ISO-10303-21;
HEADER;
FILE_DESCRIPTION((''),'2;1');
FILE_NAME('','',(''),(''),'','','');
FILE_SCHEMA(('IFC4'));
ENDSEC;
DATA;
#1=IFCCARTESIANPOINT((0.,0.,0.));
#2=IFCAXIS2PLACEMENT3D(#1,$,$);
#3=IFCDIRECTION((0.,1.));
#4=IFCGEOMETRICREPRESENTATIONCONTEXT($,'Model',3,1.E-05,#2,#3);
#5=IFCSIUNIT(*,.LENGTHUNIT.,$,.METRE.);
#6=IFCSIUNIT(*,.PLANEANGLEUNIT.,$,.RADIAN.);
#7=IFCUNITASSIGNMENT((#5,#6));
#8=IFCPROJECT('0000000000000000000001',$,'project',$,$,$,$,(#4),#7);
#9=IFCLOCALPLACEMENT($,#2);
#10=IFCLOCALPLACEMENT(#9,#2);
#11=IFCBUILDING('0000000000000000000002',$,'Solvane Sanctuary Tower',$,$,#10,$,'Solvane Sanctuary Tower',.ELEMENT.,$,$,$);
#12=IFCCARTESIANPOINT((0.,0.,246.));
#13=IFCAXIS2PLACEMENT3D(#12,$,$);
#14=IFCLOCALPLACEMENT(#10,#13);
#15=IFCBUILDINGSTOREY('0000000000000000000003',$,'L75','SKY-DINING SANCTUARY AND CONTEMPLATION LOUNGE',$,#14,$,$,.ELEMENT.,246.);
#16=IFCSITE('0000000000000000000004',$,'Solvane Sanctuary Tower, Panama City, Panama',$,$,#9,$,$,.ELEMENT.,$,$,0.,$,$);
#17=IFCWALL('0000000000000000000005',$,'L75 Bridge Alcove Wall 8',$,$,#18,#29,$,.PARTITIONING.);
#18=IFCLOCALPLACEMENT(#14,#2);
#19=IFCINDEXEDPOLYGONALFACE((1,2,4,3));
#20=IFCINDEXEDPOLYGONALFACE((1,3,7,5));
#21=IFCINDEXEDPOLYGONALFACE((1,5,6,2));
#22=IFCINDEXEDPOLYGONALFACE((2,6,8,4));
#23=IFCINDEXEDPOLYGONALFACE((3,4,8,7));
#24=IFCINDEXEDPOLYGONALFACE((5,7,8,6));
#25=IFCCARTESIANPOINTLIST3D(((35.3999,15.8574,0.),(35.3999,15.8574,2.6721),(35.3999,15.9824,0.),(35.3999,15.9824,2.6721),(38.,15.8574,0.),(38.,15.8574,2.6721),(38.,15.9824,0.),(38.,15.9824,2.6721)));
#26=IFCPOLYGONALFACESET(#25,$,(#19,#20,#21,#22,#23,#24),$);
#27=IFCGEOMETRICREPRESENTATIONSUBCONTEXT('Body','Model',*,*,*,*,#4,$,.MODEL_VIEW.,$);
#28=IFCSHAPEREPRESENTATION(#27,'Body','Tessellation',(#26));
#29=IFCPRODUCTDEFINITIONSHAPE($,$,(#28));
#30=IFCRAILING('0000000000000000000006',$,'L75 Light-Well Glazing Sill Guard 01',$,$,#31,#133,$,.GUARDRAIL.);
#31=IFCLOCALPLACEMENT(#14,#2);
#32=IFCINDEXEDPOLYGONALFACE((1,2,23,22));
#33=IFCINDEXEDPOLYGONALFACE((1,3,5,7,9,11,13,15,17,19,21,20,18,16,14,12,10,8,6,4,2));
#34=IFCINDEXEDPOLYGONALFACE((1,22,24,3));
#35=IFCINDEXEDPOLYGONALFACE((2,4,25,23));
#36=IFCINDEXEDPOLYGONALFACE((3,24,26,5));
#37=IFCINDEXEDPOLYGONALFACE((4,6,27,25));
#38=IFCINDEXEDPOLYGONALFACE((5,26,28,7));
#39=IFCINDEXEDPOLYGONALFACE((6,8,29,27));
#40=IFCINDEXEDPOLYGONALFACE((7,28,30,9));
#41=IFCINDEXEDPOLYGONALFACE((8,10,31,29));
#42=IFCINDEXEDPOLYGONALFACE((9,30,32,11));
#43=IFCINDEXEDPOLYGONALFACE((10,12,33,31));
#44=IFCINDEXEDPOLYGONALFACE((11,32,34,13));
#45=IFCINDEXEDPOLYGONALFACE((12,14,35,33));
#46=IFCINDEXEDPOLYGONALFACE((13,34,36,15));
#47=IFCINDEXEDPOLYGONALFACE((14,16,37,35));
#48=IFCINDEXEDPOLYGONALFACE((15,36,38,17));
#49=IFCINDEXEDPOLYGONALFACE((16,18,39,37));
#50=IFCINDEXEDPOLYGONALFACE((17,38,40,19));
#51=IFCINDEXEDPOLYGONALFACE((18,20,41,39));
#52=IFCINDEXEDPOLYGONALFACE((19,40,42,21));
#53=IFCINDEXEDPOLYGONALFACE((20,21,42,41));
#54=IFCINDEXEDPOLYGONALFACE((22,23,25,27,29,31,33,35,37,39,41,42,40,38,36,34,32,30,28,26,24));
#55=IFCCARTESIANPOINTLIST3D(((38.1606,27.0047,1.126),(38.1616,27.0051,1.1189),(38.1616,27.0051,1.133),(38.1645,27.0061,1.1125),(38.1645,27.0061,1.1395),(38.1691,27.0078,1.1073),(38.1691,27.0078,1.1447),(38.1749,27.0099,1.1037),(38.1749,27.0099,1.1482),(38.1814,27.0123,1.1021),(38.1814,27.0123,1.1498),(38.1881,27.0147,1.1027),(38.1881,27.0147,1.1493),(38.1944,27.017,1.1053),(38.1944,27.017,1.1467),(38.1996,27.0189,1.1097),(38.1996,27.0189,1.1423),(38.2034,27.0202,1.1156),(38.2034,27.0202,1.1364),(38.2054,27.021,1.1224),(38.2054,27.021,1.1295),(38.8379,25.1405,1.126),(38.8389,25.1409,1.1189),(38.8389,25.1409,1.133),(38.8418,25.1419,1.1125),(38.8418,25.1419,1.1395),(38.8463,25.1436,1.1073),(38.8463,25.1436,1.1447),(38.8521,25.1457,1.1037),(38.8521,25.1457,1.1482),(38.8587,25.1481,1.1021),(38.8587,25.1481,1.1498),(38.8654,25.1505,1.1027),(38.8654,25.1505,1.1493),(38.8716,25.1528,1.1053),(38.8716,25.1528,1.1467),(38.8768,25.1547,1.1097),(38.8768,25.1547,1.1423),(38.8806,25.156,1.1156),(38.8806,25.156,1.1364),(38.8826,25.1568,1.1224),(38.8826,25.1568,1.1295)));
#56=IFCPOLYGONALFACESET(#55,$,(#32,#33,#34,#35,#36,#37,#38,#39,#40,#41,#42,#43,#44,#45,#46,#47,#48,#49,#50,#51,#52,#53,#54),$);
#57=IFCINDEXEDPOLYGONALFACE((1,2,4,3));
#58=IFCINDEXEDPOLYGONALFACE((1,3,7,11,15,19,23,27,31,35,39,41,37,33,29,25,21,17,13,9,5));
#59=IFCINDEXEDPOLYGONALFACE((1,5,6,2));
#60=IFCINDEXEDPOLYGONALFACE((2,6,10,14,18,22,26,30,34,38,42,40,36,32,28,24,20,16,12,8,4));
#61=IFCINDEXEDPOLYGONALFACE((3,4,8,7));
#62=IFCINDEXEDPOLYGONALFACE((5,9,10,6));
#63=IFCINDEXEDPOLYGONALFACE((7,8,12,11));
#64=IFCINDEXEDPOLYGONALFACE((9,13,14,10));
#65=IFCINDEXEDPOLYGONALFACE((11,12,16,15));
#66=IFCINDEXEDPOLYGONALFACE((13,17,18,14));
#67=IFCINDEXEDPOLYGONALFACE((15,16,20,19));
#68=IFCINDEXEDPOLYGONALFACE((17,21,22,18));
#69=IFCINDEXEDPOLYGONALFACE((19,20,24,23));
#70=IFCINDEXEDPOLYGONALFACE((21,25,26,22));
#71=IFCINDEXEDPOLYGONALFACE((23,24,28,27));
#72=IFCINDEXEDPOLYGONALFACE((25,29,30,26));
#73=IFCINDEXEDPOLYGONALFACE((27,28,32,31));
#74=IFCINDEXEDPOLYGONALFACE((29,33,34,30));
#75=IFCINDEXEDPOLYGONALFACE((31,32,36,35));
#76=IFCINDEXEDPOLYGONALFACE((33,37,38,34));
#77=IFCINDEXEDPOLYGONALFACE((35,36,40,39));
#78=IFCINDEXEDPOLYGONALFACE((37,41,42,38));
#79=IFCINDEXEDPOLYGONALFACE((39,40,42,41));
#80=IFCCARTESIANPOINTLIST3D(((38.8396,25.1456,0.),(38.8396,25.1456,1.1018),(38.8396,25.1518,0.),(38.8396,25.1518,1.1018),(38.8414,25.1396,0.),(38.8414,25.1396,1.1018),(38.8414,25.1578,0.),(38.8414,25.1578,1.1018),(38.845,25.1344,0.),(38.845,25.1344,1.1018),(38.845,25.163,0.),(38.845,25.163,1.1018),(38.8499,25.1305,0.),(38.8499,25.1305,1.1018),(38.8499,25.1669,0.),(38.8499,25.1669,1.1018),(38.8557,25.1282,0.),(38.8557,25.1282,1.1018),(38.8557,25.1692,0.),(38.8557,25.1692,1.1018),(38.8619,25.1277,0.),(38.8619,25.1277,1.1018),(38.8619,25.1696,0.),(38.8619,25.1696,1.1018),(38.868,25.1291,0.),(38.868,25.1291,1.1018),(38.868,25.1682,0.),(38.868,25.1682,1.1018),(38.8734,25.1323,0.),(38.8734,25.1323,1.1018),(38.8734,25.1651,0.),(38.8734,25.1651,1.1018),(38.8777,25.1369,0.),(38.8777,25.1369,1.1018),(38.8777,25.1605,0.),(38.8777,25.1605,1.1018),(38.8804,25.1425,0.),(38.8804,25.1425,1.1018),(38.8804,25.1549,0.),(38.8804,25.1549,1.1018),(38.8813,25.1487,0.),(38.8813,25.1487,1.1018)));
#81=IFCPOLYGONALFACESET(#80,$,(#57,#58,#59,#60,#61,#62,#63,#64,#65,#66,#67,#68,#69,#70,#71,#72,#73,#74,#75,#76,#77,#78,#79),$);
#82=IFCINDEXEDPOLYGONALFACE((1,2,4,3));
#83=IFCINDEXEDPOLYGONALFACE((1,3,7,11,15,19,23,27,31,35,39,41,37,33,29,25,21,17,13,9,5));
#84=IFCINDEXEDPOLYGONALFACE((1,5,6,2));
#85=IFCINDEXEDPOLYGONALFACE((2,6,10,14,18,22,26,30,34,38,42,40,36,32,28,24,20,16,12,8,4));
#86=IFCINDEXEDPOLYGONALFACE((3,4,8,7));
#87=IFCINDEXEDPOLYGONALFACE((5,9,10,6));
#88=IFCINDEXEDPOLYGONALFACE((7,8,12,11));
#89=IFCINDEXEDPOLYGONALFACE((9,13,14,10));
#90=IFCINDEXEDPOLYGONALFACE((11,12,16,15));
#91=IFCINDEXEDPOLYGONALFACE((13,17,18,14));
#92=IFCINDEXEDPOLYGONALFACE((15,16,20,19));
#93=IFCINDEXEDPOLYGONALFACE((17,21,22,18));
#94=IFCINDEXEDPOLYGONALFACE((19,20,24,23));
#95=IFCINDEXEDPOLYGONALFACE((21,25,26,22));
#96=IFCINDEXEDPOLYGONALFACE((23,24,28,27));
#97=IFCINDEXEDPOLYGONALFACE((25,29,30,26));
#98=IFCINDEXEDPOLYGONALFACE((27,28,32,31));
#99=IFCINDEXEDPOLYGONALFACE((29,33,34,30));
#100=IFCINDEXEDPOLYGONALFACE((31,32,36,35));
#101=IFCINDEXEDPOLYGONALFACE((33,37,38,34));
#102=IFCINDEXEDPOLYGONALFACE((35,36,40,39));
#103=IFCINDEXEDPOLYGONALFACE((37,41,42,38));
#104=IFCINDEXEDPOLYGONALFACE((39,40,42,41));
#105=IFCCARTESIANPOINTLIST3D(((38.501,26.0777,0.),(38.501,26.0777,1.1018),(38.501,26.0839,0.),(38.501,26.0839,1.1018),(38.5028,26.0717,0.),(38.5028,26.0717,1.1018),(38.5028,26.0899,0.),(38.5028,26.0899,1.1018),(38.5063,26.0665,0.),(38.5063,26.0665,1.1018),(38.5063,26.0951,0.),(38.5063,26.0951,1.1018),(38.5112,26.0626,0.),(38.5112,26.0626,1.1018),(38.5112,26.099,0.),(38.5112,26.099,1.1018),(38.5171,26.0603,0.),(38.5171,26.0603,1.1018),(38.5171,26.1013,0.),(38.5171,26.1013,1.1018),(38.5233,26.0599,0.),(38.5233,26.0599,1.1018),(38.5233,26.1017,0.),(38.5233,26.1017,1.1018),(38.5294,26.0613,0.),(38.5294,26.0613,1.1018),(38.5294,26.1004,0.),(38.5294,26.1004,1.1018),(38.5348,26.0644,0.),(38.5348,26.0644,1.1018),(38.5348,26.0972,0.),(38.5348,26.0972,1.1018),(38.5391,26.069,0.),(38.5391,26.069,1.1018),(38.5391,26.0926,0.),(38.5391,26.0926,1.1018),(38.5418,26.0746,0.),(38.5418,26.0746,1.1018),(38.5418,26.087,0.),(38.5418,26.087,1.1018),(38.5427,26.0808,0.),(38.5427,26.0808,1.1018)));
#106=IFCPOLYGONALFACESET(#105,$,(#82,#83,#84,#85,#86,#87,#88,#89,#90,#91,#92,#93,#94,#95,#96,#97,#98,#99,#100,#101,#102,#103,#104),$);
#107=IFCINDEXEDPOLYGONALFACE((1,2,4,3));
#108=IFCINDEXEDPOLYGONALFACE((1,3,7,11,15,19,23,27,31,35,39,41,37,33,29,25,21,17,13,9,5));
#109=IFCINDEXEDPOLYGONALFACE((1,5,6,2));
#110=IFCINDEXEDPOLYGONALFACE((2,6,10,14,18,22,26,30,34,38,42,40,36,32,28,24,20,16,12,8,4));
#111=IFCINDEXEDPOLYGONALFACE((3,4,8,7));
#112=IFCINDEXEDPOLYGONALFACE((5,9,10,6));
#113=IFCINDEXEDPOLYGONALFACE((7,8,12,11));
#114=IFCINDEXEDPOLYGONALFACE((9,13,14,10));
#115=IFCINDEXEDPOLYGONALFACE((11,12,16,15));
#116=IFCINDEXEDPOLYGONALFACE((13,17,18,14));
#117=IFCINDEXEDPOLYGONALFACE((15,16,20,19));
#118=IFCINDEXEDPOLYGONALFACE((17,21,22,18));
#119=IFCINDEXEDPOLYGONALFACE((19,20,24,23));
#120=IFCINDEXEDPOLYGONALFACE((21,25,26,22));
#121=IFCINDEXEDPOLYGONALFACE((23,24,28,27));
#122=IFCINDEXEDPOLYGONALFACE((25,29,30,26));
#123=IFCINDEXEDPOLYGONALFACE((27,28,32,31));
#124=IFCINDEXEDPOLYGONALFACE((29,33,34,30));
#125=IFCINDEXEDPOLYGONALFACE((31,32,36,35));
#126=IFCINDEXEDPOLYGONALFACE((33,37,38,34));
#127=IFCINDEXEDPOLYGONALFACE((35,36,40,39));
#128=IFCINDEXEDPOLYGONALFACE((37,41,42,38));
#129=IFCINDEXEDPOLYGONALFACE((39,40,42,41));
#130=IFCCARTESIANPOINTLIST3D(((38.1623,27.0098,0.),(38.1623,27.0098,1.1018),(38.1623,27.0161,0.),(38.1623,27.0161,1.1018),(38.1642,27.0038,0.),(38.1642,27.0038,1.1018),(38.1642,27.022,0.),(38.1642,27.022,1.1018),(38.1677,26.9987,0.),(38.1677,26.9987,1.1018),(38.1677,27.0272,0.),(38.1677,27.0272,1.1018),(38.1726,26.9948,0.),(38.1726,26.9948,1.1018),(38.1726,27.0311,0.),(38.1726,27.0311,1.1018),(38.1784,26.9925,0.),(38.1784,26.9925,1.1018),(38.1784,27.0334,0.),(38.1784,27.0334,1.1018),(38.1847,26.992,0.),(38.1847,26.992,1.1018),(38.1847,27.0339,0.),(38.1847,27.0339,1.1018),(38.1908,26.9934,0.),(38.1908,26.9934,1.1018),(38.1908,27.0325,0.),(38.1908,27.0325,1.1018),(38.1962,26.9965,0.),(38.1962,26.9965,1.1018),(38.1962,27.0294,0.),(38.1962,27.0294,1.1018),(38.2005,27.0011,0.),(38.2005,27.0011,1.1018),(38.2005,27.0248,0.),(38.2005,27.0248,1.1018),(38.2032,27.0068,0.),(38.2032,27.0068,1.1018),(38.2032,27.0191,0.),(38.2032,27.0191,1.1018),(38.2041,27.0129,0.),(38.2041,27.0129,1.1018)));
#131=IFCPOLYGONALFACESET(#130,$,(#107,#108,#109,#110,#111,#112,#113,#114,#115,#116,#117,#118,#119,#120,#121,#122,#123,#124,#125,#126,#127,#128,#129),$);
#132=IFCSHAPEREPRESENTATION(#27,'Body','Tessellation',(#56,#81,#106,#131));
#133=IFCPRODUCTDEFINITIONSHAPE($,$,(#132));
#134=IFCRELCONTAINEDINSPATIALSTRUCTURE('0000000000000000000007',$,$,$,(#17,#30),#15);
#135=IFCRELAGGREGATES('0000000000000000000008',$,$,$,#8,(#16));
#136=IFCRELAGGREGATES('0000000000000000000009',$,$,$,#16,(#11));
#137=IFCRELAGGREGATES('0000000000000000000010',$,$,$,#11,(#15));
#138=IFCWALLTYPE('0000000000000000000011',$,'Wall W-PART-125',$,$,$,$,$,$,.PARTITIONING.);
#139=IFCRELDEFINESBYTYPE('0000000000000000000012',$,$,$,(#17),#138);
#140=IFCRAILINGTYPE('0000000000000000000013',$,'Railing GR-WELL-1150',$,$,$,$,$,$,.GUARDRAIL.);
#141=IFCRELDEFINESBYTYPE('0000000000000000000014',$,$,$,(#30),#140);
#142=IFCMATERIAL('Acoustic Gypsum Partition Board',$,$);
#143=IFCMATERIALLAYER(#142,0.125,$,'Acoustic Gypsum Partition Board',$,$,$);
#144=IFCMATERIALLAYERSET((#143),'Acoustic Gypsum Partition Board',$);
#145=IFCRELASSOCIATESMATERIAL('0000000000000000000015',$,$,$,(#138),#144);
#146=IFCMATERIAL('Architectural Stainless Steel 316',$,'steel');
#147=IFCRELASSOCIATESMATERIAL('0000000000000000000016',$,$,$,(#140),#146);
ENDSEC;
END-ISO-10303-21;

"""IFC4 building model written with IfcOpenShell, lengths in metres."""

from ifc_helpers import new_model, si_unit, direction, frame, frame_2d, origin, origin_2d, place, context, subcontext, project, spatial, rectangle, circle, extrude, material, layer, layer_set, type_object, element, save


model = new_model("IFC4")

# Units and contexts
model_context = context("Model", 3, precision=1e-05, world=origin(), true_north=direction((0.0, 1.0)))
body_context = subcontext(model_context, "Body", "Model", "MODEL_VIEW")
ifc_project = project(units=[si_unit("LENGTHUNIT", "METRE"), si_unit("PLANEANGLEUNIT", "RADIAN")], contexts=[model_context])

# Site, building, storey
site_placement = place(None, origin())
site = spatial("IfcSite", under=ifc_project, at=site_placement, Name="Solvane Sanctuary Tower, Panama City, Panama", CompositionType="ELEMENT", RefElevation=0.0)
building_placement = place(site_placement, origin())
building = spatial("IfcBuilding", under=site, at=building_placement, Name="Solvane Sanctuary Tower", LongName="Solvane Sanctuary Tower", CompositionType="ELEMENT")
storey_placement = place(building_placement, frame((0.0, 0.0, 246.0)))
storey = spatial("IfcBuildingStorey", under=building, at=storey_placement, Name="L75", Description="SKY-DINING SANCTUARY AND CONTEMPLATION LOUNGE", CompositionType="ELEMENT", Elevation=246.0)

# Wall
ifc_material_1 = material(Name="Acoustic Gypsum Partition Board")
ifc_layer_1 = layer(ifc_material_1, 0.125, Name="Acoustic Gypsum Partition Board")
ifc_layer_set_1 = layer_set([ifc_layer_1], Name="Acoustic Gypsum Partition Board")
wall_type_1 = type_object("IfcWallType", Name="Wall W-PART-125", PredefinedType="PARTITIONING", material=ifc_layer_set_1)
wall_1_placement = place(storey_placement, frame((35.3999, 15.9199, 0.0), z_axis=(0.0, 0.0, 1.0), x_axis=(1.0, 0.0, 0.0)))
element("IfcWall", 1, at=wall_1_placement, inside=storey, type_object=wall_type_1, Name="L75 Bridge Alcove Wall 8", PredefinedType="PARTITIONING", context=body_context, shape_type="SweptSolid", body=[
    extrude(rectangle(XDim=2.6001, YDim=0.125, at=frame_2d((1.3, 0.0))), origin(), (0.0, 0.0, 1.0), 2.6721),
])

# Railing
ifc_material_2 = material(Name="Architectural Stainless Steel 316", Category="steel")
railing_type = type_object("IfcRailingType", Name="Railing GR-WELL-1150", PredefinedType="GUARDRAIL", material=ifc_material_2)
railing_1_placement = place(storey_placement, frame((38.8604, 25.1487, 0.0)))
element("IfcRailing", 2, at=railing_1_placement, inside=storey, type_object=railing_type, Name="L75 Light-Well Glazing Sill Guard 01", PredefinedType="GUARDRAIL", context=body_context, shape_type="SweptSolid", body=[
    extrude(circle(Radius=0.0239, at=origin_2d()), frame((0.0, 0.0, 1.126), z_axis=(-0.341447, 0.939901, 0.0), x_axis=(-0.939901, -0.341447, 0.0)), (0.0, 0.0, 1.0), 1.9834),
    extrude(circle(Radius=0.021, at=origin_2d()), origin(), (0.0, 0.0, 1.0), 1.1018),
    extrude(circle(Radius=0.021, at=origin_2d()), frame((-0.3386, 0.9321, 0.0)), (0.0, 0.0, 1.0), 1.1018),
    extrude(circle(Radius=0.021, at=origin_2d()), frame((-0.6772, 1.8643, 0.0)), (0.0, 0.0, 1.0), 1.1018),
])

save(model, "model.ifc")
